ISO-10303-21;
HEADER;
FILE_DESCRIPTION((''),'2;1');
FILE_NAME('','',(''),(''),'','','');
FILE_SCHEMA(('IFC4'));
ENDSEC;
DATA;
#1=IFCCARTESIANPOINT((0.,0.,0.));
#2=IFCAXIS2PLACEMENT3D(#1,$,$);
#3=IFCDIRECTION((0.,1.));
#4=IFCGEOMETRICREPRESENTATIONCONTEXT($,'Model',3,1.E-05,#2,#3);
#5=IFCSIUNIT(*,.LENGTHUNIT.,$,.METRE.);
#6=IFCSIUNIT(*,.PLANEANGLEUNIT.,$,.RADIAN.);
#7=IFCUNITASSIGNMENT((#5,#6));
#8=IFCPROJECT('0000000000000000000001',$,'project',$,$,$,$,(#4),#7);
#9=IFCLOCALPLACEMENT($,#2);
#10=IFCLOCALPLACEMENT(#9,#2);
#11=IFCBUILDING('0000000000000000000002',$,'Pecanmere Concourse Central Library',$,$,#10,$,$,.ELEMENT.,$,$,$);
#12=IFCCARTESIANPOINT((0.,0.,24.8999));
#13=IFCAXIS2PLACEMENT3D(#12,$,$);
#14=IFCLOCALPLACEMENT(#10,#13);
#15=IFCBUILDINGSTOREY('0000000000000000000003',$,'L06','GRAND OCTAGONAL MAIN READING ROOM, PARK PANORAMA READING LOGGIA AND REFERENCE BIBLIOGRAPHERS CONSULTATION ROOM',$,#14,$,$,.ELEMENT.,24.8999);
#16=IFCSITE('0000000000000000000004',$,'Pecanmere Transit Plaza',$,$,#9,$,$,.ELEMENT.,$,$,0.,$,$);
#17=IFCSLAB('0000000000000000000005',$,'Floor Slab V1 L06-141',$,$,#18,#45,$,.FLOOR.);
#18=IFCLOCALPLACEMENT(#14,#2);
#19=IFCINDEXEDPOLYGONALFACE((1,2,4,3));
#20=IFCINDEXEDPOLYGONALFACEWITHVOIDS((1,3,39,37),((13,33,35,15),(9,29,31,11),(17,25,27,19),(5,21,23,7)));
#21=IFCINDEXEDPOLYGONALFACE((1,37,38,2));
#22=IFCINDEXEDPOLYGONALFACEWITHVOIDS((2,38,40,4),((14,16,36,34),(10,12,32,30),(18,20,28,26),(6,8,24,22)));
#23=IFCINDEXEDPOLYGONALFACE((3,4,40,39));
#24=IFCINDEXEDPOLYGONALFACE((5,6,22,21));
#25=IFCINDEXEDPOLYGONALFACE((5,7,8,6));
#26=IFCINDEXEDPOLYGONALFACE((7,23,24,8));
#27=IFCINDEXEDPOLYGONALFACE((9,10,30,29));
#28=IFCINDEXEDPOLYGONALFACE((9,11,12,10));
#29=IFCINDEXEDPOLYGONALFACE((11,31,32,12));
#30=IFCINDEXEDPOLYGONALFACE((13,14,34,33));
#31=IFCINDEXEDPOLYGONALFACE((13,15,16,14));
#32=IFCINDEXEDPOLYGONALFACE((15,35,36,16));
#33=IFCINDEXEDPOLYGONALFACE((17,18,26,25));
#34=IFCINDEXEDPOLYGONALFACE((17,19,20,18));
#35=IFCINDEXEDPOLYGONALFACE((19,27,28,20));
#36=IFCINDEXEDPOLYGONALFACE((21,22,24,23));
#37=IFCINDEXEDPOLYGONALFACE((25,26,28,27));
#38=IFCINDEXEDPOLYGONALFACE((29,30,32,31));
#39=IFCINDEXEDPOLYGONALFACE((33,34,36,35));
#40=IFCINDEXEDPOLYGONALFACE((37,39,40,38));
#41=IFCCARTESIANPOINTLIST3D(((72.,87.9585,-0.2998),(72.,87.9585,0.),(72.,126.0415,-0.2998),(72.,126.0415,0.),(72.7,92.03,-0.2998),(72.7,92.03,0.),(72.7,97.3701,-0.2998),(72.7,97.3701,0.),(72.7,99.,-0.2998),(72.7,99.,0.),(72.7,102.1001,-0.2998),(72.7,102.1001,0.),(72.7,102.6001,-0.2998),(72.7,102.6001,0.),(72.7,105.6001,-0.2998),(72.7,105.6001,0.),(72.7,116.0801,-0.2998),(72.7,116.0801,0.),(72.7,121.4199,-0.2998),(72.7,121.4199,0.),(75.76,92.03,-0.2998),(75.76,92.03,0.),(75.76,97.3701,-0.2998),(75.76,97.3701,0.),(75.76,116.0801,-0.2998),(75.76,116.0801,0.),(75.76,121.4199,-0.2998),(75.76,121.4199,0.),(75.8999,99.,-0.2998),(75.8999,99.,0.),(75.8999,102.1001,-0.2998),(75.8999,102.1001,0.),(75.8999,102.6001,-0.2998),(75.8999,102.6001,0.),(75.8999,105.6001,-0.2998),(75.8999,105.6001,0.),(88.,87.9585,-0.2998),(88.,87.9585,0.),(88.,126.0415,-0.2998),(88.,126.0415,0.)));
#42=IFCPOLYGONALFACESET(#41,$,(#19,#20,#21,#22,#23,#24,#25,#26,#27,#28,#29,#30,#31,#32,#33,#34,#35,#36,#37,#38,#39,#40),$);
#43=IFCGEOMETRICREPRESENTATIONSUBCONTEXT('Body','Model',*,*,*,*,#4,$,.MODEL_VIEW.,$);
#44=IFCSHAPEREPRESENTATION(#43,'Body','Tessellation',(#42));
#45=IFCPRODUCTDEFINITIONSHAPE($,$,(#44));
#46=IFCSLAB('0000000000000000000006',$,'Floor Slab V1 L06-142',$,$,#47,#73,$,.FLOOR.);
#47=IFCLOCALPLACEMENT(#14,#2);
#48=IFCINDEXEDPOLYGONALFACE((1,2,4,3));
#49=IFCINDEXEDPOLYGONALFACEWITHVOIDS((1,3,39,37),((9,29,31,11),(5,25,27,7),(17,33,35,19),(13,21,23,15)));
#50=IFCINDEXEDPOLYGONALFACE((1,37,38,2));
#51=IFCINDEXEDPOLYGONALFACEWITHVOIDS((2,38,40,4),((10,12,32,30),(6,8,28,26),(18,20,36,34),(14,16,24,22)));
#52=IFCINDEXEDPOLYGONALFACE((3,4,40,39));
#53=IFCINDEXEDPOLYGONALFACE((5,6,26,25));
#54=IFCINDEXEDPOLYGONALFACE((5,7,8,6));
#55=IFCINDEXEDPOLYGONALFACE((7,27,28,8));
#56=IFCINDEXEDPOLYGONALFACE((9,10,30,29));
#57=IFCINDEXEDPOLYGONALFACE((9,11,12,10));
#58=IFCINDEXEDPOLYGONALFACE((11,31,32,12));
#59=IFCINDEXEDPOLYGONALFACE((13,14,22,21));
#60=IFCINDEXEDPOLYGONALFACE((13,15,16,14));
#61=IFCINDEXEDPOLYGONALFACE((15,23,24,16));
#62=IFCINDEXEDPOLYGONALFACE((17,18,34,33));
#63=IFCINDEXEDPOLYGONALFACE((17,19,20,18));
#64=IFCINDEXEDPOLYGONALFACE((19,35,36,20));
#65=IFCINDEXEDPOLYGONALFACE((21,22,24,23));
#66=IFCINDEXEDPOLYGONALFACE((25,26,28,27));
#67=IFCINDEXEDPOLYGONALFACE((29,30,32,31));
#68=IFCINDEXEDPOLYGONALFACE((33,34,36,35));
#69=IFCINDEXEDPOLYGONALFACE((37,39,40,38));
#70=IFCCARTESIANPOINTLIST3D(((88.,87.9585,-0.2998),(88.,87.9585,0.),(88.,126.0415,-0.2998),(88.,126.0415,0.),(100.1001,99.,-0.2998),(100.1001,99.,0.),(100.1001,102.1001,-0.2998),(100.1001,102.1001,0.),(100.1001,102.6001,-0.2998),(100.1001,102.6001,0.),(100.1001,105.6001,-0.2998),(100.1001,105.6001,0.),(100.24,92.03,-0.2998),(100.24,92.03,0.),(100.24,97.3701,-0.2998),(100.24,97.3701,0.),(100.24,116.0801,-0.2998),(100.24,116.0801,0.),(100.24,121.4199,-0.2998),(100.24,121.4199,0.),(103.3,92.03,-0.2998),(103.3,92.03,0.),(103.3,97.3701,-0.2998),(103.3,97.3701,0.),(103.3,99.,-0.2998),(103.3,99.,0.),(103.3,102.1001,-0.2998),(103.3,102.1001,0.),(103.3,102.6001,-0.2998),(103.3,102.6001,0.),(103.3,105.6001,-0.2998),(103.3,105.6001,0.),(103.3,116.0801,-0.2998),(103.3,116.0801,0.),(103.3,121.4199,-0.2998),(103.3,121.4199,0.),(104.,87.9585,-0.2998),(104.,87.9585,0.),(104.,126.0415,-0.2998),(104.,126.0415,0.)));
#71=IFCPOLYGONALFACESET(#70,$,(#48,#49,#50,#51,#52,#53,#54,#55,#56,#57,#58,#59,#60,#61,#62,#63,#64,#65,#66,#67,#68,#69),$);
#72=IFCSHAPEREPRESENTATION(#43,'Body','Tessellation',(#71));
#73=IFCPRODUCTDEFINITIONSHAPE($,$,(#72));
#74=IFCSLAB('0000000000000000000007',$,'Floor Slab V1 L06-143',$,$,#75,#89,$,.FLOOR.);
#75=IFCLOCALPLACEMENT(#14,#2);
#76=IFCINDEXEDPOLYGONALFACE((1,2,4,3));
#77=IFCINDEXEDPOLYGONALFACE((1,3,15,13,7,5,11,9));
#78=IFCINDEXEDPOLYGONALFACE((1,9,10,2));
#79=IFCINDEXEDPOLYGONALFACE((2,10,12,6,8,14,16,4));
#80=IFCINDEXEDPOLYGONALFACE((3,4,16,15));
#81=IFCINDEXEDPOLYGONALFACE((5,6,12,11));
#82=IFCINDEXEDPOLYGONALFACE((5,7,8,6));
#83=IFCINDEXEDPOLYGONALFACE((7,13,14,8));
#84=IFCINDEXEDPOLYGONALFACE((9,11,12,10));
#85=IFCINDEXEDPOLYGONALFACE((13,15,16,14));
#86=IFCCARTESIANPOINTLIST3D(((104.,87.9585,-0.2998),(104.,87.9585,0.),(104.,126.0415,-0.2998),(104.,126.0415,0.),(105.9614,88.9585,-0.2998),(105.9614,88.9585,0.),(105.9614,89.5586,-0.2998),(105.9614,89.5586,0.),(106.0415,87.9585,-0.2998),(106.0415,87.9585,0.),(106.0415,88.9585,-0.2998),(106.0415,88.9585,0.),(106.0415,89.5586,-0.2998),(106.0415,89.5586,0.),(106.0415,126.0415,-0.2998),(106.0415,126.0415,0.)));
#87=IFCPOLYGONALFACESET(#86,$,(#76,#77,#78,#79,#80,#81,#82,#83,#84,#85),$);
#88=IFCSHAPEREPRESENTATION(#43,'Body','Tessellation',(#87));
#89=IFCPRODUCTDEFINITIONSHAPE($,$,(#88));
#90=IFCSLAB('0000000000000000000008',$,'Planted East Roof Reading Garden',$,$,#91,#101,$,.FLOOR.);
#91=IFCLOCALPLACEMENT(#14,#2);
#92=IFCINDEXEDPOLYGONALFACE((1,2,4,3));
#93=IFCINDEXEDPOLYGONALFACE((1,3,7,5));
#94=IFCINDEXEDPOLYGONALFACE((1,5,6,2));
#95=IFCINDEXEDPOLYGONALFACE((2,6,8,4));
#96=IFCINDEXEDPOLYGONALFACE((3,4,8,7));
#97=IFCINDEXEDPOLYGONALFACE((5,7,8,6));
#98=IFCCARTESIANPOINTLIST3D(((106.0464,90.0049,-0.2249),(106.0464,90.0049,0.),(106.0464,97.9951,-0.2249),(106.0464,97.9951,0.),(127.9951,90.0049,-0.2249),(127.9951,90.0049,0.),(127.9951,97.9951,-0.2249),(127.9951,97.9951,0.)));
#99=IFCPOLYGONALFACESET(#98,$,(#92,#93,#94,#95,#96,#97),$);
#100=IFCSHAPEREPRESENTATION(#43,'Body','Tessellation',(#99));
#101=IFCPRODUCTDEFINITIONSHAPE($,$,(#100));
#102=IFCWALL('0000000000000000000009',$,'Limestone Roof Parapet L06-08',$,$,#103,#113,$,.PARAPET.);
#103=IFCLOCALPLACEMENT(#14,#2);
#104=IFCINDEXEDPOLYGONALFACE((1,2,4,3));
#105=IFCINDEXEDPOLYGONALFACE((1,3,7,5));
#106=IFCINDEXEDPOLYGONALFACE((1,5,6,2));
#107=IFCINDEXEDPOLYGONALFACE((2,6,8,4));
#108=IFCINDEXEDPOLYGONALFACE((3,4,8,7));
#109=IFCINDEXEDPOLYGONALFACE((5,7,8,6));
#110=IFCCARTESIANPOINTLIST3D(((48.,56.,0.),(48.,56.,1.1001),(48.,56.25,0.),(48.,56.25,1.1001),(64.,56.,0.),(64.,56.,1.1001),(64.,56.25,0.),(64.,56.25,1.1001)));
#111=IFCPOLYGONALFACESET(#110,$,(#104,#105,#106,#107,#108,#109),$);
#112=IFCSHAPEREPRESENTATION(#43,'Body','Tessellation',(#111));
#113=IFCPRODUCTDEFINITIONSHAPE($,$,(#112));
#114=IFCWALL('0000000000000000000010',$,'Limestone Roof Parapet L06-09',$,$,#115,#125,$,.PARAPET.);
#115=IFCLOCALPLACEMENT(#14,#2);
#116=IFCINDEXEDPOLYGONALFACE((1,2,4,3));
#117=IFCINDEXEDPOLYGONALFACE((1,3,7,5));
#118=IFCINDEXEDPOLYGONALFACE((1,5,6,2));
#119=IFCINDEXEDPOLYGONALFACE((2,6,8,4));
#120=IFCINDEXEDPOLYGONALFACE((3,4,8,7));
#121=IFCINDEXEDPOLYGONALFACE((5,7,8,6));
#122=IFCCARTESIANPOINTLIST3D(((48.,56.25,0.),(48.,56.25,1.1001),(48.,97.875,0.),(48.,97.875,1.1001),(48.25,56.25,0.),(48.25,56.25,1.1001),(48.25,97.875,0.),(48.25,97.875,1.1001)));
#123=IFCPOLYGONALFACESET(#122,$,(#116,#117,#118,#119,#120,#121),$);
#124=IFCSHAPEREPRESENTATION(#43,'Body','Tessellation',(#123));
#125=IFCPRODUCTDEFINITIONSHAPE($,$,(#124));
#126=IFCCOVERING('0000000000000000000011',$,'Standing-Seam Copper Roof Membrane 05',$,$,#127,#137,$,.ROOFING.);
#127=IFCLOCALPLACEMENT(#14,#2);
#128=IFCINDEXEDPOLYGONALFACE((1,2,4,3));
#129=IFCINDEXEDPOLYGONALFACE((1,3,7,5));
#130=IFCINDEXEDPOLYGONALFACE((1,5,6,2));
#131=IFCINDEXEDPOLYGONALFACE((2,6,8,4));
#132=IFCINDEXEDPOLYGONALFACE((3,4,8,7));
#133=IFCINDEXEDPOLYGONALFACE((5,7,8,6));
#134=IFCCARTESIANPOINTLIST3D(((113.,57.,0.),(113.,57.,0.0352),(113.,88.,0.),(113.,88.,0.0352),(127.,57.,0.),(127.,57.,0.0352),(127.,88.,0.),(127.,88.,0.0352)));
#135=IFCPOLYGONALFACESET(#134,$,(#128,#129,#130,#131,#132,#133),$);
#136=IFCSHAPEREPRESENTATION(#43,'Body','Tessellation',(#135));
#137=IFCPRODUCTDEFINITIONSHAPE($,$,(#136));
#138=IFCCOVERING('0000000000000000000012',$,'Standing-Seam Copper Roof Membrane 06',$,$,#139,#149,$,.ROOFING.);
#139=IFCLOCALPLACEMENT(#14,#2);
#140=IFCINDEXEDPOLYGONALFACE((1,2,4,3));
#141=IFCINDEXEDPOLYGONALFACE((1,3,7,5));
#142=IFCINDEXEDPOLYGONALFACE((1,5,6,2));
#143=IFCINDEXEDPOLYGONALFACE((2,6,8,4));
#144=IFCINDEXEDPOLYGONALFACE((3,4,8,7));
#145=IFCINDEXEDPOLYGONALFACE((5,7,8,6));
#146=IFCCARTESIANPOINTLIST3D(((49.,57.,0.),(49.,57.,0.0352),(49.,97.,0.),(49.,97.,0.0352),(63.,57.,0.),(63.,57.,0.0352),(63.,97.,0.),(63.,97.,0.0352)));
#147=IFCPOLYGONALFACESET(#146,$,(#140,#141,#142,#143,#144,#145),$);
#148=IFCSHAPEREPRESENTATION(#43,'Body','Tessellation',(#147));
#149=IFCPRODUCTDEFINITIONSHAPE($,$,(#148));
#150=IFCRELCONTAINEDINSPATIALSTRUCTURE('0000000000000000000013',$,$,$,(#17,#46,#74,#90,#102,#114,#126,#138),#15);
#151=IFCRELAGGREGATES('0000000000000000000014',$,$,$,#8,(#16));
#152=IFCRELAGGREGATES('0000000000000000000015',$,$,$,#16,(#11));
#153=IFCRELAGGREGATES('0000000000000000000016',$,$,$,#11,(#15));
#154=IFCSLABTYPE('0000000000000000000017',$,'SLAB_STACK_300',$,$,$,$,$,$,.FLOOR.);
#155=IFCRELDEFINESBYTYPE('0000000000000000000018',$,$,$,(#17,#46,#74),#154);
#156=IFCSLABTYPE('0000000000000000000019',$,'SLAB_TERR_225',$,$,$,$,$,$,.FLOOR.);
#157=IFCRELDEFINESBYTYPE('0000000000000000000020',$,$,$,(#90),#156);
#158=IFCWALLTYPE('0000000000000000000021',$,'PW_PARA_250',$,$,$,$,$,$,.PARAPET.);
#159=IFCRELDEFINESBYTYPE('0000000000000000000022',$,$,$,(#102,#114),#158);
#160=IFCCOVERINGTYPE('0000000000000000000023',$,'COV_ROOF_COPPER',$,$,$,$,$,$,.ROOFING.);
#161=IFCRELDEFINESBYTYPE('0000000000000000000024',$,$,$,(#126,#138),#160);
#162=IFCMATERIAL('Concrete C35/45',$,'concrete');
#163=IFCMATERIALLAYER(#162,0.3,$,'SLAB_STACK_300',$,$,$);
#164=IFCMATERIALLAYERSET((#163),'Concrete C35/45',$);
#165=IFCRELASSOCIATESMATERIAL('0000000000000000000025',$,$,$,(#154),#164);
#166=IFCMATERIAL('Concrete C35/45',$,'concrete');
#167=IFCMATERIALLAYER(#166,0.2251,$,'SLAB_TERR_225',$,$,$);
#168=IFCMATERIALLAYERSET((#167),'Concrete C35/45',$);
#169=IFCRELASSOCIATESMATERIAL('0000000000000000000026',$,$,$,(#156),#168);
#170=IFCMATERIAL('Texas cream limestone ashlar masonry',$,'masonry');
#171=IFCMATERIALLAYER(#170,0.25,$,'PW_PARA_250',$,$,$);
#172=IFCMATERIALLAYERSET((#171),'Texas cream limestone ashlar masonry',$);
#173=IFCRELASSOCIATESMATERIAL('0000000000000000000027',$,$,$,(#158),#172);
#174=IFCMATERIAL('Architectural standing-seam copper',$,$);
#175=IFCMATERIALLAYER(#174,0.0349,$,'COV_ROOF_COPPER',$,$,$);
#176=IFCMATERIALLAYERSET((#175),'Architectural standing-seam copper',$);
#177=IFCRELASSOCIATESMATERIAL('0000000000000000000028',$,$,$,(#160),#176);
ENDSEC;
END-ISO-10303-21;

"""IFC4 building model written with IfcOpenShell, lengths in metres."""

from ifc_helpers import new_model, si_unit, direction, frame, frame_2d, origin, place, context, subcontext, project, spatial, polyline, rectangle, outline, extrude, material, layer, layer_set, type_object, element, save


model = new_model("IFC4")

# Units and contexts
model_context = context("Model", 3, precision=1e-05, world=origin(), true_north=direction((0.0, 1.0)))
body_context = subcontext(model_context, "Body", "Model", "MODEL_VIEW")
ifc_project = project(units=[si_unit("LENGTHUNIT", "METRE"), si_unit("PLANEANGLEUNIT", "RADIAN")], contexts=[model_context])

# Site, building, storey
site_placement = place(None, origin())
site = spatial("IfcSite", under=ifc_project, at=site_placement, Name="Pecanmere Transit Plaza", CompositionType="ELEMENT", RefElevation=0.0)
building_placement = place(site_placement, origin())
building = spatial("IfcBuilding", under=site, at=building_placement, Name="Pecanmere Concourse Central Library", CompositionType="ELEMENT")
storey_placement = place(building_placement, frame((0.0, 0.0, 24.8999)))
storey = spatial("IfcBuildingStorey", under=building, at=storey_placement, Name="L06", Description="GRAND OCTAGONAL MAIN READING ROOM, PARK PANORAMA READING LOGGIA AND REFERENCE BIBLIOGRAPHERS CONSULTATION ROOM", CompositionType="ELEMENT", Elevation=24.8999)

# Slabs
ifc_material_1 = material(Name="Concrete C35/45", Category="concrete")
ifc_layer_1 = layer(ifc_material_1, 0.3, Name="SLAB_STACK_300")
ifc_layer_set_1 = layer_set([ifc_layer_1], Name="Concrete C35/45")
slab_type_1 = type_object("IfcSlabType", Name="SLAB_STACK_300", PredefinedType="FLOOR", material=ifc_layer_set_1)
slab_1_placement = place(storey_placement, frame((0.0, 0.0, -0.2998)))
element("IfcSlab", 1, at=slab_1_placement, inside=storey, type_object=slab_type_1, Name="Floor Slab V1 L06-141", PredefinedType="FLOOR", context=body_context, shape_type="SweptSolid", body=[
    extrude(outline(polyline([(72.0, 87.9585), (72.0, 126.0415), (88.0, 126.0415), (88.0, 87.9585), (72.0, 87.9585)]), holes=[polyline([(72.7, 97.3701), (72.7, 92.03), (75.76, 92.03), (75.76, 97.3701), (72.7, 97.3701)]), polyline([(72.7, 102.1001), (72.7, 99.0), (75.8999, 99.0), (75.8999, 102.1001), (72.7, 102.1001)]), polyline([(72.7, 105.6001), (72.7, 102.6001), (75.8999, 102.6001), (75.8999, 105.6001), (72.7, 105.6001)]), polyline([(72.7, 121.4199), (72.7, 116.0801), (75.76, 116.0801), (75.76, 121.4199), (72.7, 121.4199)])]), origin(), (0.0, 0.0, 1.0), 0.2998),
])
slab_2_placement = place(storey_placement, frame((0.0, 0.0, -0.2998)))
element("IfcSlab", 2, at=slab_2_placement, inside=storey, type_object=slab_type_1, Name="Floor Slab V1 L06-142", PredefinedType="FLOOR", context=body_context, shape_type="SweptSolid", body=[
    extrude(outline(polyline([(88.0, 87.9585), (88.0, 126.0415), (104.0, 126.0415), (104.0, 87.9585), (88.0, 87.9585)]), holes=[polyline([(100.24, 97.3701), (100.24, 92.03), (103.3, 92.03), (103.3, 97.3701), (100.24, 97.3701)]), polyline([(100.1001, 102.1001), (100.1001, 99.0), (103.3, 99.0), (103.3, 102.1001), (100.1001, 102.1001)]), polyline([(100.1001, 105.6001), (100.1001, 102.6001), (103.3, 102.6001), (103.3, 105.6001), (100.1001, 105.6001)]), polyline([(100.24, 121.4199), (100.24, 116.0801), (103.3, 116.0801), (103.3, 121.4199), (100.24, 121.4199)])]), origin(), (0.0, 0.0, 1.0), 0.2998),
])
slab_3_placement = place(storey_placement, frame((0.0, 0.0, -0.2998)))
element("IfcSlab", 3, at=slab_3_placement, inside=storey, type_object=slab_type_1, Name="Floor Slab V1 L06-143", PredefinedType="FLOOR", context=body_context, shape_type="SweptSolid", body=[
    extrude(outline(polyline([(104.0, 126.0415), (106.0415, 126.0415), (106.0415, 89.5586), (105.9614, 89.5586), (105.9614, 88.9585), (106.0415, 88.9585), (106.0415, 87.9585), (104.0, 87.9585), (104.0, 126.0415)])), origin(), (0.0, 0.0, 1.0), 0.2998),
])
ifc_material_2 = material(Name="Concrete C35/45", Category="concrete")
ifc_layer_2 = layer(ifc_material_2, 0.2251, Name="SLAB_TERR_225")
ifc_layer_set_2 = layer_set([ifc_layer_2], Name="Concrete C35/45")
slab_type_2 = type_object("IfcSlabType", Name="SLAB_TERR_225", PredefinedType="FLOOR", material=ifc_layer_set_2)
slab_4_placement = place(storey_placement, frame((0.0, 0.0, -0.2249)))
element("IfcSlab", 4, at=slab_4_placement, inside=storey, type_object=slab_type_2, Name="Planted East Roof Reading Garden", PredefinedType="FLOOR", context=body_context, shape_type="SweptSolid", body=[
    extrude(outline(polyline([(127.9951, 97.9951), (127.9951, 90.0049), (106.0464, 90.0049), (106.0464, 97.9951), (127.9951, 97.9951)])), origin(), (0.0, 0.0, 1.0), 0.2249),
])

# Walls
ifc_material_3 = material(Name="Texas cream limestone ashlar masonry", Category="masonry")
ifc_layer_3 = layer(ifc_material_3, 0.25, Name="PW_PARA_250")
ifc_layer_set_3 = layer_set([ifc_layer_3], Name="Texas cream limestone ashlar masonry")
wall_type = type_object("IfcWallType", Name="PW_PARA_250", PredefinedType="PARAPET", material=ifc_layer_set_3)
wall_1_placement = place(storey_placement, frame((48.0, 56.125, 0.0), z_axis=(0.0, 0.0, 1.0), x_axis=(1.0, 0.0, 0.0)))
element("IfcWall", 5, at=wall_1_placement, inside=storey, type_object=wall_type, Name="Limestone Roof Parapet L06-08", PredefinedType="PARAPET", context=body_context, shape_type="SweptSolid", body=[
    extrude(rectangle(XDim=16.0, YDim=0.25, at=frame_2d((8.0, 0.0))), origin(), (0.0, 0.0, 1.0), 1.1001),
])
wall_2_placement = place(storey_placement, frame((48.125, 56.25, 0.0), z_axis=(0.0, 0.0, 1.0), x_axis=(0.0, 1.0, 0.0)))
element("IfcWall", 6, at=wall_2_placement, inside=storey, type_object=wall_type, Name="Limestone Roof Parapet L06-09", PredefinedType="PARAPET", context=body_context, shape_type="SweptSolid", body=[
    extrude(rectangle(XDim=41.625, YDim=0.25, at=frame_2d((20.8125, 0.0))), origin(), (0.0, 0.0, 1.0), 1.1001),
])

# Coverings
ifc_material_4 = material(Name="Architectural standing-seam copper")
ifc_layer_4 = layer(ifc_material_4, 0.0349, Name="COV_ROOF_COPPER")
ifc_layer_set_4 = layer_set([ifc_layer_4], Name="Architectural standing-seam copper")
covering_type = type_object("IfcCoveringType", Name="COV_ROOF_COPPER", PredefinedType="ROOFING", material=ifc_layer_set_4)
covering_1_placement = place(storey_placement, origin())
element("IfcCovering", 7, at=covering_1_placement, inside=storey, type_object=covering_type, Name="Standing-Seam Copper Roof Membrane 05", PredefinedType="ROOFING", context=body_context, shape_type="SweptSolid", body=[
    extrude(outline(polyline([(113.0, 57.0), (127.0, 57.0), (127.0, 88.0), (113.0, 88.0), (113.0, 57.0)])), origin(), (0.0, 0.0, 1.0), 0.0352),
])
covering_2_placement = place(storey_placement, origin())
element("IfcCovering", 8, at=covering_2_placement, inside=storey, type_object=covering_type, Name="Standing-Seam Copper Roof Membrane 06", PredefinedType="ROOFING", context=body_context, shape_type="SweptSolid", body=[
    extrude(outline(polyline([(49.0, 57.0), (63.0, 57.0), (63.0, 97.0), (49.0, 97.0), (49.0, 57.0)])), origin(), (0.0, 0.0, 1.0), 0.0352),
])

save(model, "model.ifc")
